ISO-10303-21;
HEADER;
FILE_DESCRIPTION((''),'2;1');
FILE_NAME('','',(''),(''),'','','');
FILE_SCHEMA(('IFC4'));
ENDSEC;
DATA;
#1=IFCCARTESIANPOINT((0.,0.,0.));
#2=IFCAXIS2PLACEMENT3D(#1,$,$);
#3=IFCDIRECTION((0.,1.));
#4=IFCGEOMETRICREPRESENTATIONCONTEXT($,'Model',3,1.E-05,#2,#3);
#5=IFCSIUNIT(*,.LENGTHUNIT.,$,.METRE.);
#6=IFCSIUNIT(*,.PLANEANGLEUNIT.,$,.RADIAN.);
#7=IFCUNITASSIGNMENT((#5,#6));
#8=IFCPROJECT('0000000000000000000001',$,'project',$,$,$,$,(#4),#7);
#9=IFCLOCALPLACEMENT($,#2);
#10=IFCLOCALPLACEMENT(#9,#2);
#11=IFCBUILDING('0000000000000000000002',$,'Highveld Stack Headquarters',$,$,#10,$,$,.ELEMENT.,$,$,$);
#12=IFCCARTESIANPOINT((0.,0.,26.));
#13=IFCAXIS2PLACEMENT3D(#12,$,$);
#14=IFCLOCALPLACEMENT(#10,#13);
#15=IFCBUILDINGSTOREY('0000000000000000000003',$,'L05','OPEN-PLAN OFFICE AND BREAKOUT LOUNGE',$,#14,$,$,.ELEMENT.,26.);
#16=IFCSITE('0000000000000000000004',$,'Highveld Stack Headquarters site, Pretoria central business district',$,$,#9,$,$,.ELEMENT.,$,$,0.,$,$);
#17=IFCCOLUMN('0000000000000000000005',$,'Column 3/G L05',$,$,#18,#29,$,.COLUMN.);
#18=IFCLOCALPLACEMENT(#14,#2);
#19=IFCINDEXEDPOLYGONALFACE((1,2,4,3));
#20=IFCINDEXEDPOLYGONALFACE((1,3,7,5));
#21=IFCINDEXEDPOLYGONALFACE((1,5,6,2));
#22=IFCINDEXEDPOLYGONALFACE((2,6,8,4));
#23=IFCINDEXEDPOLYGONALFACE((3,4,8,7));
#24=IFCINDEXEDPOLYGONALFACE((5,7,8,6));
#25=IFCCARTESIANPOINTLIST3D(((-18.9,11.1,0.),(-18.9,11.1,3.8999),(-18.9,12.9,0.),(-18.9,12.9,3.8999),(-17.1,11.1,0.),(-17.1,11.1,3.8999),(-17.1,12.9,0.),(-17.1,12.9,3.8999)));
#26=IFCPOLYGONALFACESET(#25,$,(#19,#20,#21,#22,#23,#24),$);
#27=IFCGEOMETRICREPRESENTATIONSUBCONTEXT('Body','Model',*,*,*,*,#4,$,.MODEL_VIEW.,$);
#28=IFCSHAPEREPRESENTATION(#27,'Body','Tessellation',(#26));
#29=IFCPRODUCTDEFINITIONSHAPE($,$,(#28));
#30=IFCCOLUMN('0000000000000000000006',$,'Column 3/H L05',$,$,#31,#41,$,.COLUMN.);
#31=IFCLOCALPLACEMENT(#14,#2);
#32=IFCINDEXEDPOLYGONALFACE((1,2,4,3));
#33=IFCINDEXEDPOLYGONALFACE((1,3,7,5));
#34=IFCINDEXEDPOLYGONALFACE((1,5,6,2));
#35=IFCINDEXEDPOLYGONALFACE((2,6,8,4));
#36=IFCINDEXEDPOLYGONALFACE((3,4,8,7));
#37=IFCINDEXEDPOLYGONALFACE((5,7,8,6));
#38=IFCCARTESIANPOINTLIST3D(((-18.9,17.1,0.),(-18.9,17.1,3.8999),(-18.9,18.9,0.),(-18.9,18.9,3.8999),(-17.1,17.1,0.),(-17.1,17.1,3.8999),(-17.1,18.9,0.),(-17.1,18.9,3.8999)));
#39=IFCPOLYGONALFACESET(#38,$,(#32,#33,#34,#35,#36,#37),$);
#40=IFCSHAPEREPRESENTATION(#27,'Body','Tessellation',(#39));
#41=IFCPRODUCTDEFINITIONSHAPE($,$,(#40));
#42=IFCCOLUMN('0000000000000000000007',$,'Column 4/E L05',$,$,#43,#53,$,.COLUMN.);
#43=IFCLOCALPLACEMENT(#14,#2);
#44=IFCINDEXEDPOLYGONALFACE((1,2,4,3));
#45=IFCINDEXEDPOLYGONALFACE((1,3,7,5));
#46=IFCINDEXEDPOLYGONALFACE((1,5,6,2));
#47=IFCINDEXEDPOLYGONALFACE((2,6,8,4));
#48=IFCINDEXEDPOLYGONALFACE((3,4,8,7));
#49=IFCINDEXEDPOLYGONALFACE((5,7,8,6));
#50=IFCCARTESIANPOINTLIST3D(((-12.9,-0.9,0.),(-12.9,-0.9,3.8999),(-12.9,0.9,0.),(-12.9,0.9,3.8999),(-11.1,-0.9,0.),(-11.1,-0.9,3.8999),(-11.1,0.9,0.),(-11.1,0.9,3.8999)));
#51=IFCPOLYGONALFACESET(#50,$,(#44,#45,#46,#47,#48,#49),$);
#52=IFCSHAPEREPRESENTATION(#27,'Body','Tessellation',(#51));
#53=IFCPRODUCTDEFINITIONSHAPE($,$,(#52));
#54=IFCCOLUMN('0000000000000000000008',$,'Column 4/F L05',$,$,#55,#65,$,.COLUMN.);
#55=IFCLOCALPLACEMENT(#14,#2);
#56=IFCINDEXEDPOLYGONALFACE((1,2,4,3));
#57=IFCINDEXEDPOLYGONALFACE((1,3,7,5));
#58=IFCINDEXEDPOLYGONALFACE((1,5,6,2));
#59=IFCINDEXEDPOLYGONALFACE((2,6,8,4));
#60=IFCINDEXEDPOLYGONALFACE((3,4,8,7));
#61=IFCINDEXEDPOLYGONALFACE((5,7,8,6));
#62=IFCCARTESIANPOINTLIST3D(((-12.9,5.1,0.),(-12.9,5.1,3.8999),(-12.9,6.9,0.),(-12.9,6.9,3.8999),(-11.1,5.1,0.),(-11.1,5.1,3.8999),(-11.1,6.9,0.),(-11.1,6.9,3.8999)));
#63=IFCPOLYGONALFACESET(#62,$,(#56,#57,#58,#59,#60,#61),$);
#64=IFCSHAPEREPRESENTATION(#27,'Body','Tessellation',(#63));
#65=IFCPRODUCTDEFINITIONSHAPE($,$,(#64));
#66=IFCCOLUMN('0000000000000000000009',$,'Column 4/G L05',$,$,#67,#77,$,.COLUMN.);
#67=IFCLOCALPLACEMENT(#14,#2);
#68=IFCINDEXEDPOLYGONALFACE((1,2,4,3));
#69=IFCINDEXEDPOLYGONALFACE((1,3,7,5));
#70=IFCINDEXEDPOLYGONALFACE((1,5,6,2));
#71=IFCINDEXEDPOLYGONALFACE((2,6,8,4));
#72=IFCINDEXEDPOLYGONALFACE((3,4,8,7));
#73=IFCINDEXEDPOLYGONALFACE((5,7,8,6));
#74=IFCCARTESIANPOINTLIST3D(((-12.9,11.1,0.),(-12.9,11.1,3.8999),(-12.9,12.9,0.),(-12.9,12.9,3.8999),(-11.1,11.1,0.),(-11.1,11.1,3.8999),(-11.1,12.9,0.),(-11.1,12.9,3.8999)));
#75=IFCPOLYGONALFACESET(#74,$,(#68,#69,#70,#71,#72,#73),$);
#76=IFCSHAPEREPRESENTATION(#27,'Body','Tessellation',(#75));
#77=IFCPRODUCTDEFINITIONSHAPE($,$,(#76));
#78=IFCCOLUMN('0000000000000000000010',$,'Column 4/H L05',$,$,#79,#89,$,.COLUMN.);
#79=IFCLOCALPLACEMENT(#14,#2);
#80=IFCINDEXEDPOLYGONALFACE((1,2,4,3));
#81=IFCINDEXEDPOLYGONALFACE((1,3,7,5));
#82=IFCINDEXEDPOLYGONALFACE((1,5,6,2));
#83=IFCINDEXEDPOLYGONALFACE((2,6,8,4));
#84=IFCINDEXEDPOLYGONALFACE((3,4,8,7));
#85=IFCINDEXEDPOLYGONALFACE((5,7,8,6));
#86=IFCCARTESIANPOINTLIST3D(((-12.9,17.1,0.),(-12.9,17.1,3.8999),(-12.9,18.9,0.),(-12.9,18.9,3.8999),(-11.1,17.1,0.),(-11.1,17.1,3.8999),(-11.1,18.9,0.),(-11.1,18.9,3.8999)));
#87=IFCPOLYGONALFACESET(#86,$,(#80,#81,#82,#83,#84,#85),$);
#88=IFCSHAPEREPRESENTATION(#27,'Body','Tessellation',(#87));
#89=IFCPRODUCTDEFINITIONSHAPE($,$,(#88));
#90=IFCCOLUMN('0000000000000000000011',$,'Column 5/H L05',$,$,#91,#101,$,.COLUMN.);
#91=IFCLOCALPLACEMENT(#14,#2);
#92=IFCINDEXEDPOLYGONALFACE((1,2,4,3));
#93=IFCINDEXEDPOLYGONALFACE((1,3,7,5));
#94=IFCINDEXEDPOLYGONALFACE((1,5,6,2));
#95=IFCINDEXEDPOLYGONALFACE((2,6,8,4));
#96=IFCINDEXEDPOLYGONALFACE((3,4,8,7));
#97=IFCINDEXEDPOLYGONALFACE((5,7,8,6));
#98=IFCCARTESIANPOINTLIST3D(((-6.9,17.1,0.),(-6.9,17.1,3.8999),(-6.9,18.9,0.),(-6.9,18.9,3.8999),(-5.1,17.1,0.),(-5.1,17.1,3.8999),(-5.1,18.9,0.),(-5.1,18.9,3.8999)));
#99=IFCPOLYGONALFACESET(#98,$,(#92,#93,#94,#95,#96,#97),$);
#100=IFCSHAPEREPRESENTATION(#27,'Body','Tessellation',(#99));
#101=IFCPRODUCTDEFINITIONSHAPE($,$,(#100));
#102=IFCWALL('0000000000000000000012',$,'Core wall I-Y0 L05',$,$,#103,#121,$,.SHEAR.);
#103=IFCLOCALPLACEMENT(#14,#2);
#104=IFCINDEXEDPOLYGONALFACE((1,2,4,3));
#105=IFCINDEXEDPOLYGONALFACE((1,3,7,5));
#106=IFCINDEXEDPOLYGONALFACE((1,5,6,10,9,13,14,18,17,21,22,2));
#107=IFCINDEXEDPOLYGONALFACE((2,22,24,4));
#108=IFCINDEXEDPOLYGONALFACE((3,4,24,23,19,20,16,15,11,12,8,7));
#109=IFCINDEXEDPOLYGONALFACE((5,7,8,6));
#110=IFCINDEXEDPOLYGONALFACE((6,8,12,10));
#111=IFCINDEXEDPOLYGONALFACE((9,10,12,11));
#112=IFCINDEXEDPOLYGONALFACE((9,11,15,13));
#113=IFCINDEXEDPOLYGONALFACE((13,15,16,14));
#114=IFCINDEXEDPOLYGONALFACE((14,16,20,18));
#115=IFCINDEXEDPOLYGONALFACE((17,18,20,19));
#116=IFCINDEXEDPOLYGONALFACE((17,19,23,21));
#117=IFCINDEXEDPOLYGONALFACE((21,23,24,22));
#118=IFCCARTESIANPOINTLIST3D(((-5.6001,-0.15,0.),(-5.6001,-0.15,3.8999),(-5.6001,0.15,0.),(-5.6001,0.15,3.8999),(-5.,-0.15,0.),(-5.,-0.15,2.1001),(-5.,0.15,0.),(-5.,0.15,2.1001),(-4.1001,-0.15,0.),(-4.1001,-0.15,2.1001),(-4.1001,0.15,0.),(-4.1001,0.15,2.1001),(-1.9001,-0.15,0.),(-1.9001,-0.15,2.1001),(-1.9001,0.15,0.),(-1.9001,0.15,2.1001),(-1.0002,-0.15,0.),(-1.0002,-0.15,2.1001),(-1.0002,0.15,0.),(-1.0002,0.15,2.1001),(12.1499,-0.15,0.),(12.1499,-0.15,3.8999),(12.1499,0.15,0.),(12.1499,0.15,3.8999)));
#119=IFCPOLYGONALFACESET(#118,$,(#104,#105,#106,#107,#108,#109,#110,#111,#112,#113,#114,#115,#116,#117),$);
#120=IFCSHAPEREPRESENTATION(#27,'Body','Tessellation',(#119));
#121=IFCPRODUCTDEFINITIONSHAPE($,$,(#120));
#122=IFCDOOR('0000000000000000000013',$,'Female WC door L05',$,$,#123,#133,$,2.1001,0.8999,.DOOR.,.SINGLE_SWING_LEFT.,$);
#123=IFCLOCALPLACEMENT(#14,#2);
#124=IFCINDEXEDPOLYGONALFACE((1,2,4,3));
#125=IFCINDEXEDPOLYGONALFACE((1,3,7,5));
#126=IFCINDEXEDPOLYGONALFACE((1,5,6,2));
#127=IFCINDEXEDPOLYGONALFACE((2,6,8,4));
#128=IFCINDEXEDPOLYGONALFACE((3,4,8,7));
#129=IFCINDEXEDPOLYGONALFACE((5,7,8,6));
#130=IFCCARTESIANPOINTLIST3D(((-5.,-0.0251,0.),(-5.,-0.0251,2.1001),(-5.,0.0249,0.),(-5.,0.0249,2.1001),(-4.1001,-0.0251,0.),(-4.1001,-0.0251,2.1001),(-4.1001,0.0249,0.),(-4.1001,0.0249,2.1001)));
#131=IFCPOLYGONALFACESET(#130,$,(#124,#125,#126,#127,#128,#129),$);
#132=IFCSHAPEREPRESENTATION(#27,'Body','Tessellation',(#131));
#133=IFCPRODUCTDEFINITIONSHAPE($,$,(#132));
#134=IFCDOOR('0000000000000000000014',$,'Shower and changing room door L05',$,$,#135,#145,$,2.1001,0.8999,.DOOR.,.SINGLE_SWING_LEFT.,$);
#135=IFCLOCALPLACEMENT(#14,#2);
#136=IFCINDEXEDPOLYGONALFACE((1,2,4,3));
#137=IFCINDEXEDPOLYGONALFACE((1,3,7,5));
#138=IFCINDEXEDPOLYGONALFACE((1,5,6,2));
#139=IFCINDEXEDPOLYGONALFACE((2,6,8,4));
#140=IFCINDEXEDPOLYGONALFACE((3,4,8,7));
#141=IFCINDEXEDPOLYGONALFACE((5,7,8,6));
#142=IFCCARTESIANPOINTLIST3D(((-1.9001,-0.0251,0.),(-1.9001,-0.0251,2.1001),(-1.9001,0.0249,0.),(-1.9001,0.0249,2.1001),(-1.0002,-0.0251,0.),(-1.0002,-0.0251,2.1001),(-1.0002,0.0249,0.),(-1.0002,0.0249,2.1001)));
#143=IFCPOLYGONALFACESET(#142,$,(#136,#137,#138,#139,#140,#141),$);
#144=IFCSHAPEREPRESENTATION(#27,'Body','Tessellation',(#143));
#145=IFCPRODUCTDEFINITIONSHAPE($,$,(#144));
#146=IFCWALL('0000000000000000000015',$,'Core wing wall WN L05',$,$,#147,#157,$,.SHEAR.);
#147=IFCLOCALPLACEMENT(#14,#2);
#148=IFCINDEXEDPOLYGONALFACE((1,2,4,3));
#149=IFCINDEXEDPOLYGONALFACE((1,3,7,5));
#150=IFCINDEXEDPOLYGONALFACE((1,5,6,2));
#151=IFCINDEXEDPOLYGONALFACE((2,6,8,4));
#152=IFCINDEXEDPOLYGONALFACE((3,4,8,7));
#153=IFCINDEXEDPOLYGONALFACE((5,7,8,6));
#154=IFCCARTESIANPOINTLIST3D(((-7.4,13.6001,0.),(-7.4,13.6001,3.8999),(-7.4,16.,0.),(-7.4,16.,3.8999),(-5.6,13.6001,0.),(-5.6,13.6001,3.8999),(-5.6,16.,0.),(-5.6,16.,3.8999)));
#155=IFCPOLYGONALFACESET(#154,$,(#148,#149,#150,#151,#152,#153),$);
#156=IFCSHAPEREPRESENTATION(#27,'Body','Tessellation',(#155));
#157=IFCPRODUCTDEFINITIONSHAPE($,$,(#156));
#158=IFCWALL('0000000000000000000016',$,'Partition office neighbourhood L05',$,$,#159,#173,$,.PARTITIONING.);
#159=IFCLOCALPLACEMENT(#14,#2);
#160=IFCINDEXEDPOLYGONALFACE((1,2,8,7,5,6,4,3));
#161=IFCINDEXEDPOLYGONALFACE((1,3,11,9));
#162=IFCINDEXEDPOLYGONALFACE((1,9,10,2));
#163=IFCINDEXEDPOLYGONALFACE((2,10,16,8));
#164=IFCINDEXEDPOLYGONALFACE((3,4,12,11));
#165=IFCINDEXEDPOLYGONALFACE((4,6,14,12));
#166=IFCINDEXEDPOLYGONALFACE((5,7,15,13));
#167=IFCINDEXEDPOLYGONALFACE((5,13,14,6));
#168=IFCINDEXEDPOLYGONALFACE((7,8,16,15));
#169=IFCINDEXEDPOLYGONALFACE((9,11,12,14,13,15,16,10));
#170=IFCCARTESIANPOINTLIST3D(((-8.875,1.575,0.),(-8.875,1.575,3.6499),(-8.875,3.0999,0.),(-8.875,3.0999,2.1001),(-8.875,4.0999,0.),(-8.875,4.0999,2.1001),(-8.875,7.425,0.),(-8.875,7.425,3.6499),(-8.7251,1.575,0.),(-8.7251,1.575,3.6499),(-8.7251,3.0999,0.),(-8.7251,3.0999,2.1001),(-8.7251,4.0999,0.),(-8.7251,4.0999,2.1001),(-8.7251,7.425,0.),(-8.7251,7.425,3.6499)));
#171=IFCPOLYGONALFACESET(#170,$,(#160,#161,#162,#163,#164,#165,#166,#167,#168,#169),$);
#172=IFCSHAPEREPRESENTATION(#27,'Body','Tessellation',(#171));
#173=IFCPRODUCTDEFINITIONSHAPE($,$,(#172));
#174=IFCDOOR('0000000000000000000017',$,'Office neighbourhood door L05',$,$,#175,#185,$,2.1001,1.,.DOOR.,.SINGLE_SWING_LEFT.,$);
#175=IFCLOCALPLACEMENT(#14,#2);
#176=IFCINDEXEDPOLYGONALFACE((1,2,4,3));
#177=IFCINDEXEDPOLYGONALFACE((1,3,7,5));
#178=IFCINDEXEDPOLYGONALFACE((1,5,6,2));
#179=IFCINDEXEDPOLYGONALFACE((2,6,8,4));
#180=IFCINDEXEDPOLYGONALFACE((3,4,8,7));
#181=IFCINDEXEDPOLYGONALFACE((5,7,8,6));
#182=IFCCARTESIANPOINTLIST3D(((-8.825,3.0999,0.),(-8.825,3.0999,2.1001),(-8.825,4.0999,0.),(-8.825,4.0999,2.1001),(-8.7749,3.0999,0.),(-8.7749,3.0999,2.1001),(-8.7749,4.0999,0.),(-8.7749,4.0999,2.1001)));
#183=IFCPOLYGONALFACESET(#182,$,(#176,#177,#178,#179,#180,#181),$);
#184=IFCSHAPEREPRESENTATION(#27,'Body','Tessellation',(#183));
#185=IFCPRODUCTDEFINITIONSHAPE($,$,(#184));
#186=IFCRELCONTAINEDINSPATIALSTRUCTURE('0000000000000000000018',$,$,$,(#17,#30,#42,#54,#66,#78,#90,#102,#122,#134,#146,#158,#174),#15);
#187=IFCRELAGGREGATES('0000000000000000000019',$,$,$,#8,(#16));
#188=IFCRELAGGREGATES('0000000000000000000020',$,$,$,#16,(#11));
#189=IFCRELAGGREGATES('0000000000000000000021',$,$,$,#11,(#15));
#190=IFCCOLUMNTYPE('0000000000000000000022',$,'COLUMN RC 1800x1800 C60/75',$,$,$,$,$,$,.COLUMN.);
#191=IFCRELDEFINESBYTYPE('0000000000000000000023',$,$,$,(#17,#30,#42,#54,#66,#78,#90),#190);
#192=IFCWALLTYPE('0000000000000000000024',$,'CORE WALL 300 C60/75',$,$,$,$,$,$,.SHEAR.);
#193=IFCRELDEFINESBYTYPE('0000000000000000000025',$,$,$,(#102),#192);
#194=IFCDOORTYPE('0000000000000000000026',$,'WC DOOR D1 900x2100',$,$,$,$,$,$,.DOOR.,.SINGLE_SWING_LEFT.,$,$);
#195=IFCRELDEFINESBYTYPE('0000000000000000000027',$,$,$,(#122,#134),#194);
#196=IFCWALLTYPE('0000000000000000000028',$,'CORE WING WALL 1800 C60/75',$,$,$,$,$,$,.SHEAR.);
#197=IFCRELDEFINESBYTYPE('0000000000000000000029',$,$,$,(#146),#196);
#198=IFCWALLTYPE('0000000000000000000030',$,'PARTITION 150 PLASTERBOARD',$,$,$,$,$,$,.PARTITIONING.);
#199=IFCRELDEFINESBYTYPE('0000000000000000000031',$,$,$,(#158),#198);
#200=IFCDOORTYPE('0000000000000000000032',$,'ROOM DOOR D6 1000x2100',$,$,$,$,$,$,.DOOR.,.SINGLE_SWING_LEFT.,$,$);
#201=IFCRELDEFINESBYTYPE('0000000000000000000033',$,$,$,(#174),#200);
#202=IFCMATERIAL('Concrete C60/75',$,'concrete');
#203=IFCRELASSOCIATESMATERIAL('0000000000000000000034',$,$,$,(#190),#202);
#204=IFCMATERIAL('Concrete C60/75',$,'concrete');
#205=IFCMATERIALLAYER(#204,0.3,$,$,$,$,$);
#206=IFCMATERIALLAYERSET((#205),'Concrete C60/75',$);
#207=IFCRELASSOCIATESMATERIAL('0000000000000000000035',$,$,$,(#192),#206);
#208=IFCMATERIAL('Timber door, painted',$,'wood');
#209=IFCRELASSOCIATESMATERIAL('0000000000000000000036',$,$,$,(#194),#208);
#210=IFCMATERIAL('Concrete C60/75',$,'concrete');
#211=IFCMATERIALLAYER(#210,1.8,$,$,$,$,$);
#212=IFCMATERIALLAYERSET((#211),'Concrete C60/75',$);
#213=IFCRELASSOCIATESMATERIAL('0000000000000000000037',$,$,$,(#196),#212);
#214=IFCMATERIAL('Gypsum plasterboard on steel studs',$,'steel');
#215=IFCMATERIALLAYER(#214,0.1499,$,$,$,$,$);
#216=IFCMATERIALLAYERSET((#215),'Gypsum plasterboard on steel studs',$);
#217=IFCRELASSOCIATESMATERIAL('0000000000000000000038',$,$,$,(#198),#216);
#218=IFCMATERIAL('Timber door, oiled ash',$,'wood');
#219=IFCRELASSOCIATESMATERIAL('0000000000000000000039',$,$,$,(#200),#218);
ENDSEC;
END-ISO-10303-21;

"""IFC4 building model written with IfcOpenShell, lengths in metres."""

from ifc_helpers import new_model, si_unit, direction, frame, frame_2d, origin, origin_2d, place, context, subcontext, project, spatial, rectangle, extrude, material, layer, layer_set, material_profile, profile_set, type_object, element, fill, save


model = new_model("IFC4")

# Units and contexts
model_context = context("Model", 3, precision=1e-05, world=origin(), true_north=direction((0.0, 1.0)))
body_context = subcontext(model_context, "Body", "Model", "MODEL_VIEW")
ifc_project = project(units=[si_unit("LENGTHUNIT", "METRE"), si_unit("PLANEANGLEUNIT", "RADIAN")], contexts=[model_context])

# Site, building, storey
site_placement = place(None, origin())
site = spatial("IfcSite", under=ifc_project, at=site_placement, Name="Highveld Stack Headquarters site, Pretoria central business district", CompositionType="ELEMENT", RefElevation=0.0)
building_placement = place(site_placement, origin())
building = spatial("IfcBuilding", under=site, at=building_placement, Name="Highveld Stack Headquarters", CompositionType="ELEMENT")
storey_placement = place(building_placement, frame((0.0, 0.0, 26.0)))
storey = spatial("IfcBuildingStorey", under=building, at=storey_placement, Name="L05", Description="OPEN-PLAN OFFICE AND BREAKOUT LOUNGE", CompositionType="ELEMENT", Elevation=26.0)

# Columns
ifc_material_1 = material(Name="Concrete C60/75", Category="concrete")
ifc_material_profile = material_profile(ifc_material_1, rectangle(XDim=1.8, YDim=1.8, at=origin_2d()), Name="RC 1800x1800")
ifc_profile_set = profile_set([ifc_material_profile], Name="Concrete C60/75")
column_type = type_object("IfcColumnType", Name="COLUMN RC 1800x1800 C60/75", PredefinedType="COLUMN", material=ifc_profile_set)
for number, where, z_axis, x_axis, name in (
    (1, (-18.0, 12.0, 0.0), (0.0, 0.0, 1.0), (1.0, 0.0, 0.0), "Column 3/G L05"),
    (2, (-18.0, 18.0, 0.0), (0.0, 0.0, 1.0), (1.0, 0.0, 0.0), "Column 3/H L05"),
    (3, (-12.0, 0.0, 0.0), (0.0, 0.0, 1.0), (1.0, 0.0, 0.0), "Column 4/E L05"),
    (4, (-12.0, 6.0, 0.0), (0.0, 0.0, 1.0), (1.0, 0.0, 0.0), "Column 4/F L05"),
    (5, (-12.0, 12.0, 0.0), (0.0, 0.0, 1.0), (1.0, 0.0, 0.0), "Column 4/G L05"),
    (6, (-12.0, 18.0, 0.0), (0.0, 0.0, 1.0), (1.0, 0.0, 0.0), "Column 4/H L05"),
    (7, (-6.0, 18.0, 0.0), (0.0, 0.0, 1.0), (1.0, 0.0, 0.0), "Column 5/H L05"),
):
    element("IfcColumn", number, at=place(storey_placement, frame(where, z_axis=z_axis, x_axis=x_axis)), inside=storey, type_object=column_type, Name=name, PredefinedType="COLUMN", context=body_context, shape_type="SweptSolid", body=[
        extrude(rectangle(XDim=1.8, YDim=1.8, at=origin_2d()), origin(), (0.0, 0.0, 1.0), 3.8999),
    ])

# Wall, openings, doors
ifc_material_2 = material(Name="Concrete C60/75", Category="concrete")
ifc_layer_1 = layer(ifc_material_2, 0.3)
ifc_layer_set_1 = layer_set([ifc_layer_1], Name="Concrete C60/75")
wall_type_1 = type_object("IfcWallType", Name="CORE WALL 300 C60/75", PredefinedType="SHEAR", material=ifc_layer_set_1)
wall_1_placement = place(storey_placement, frame((-5.6001, 0.0, 0.0), z_axis=(0.0, 0.0, 1.0), x_axis=(1.0, 0.0, 0.0)))
wall_1 = element("IfcWall", 8, at=wall_1_placement, inside=storey, type_object=wall_type_1, Name="Core wall I-Y0 L05", PredefinedType="SHEAR", context=body_context, shape_type="SweptSolid", body=[
    extrude(rectangle(XDim=17.75, YDim=0.3, at=frame_2d((8.875, 0.0))), origin(), (0.0, 0.0, 1.0), 3.8999),
])
opening_1_placement = place(wall_1_placement, frame((0.6001, 0.0, 0.0)))
opening_1 = element("IfcOpeningElement", 9, at=opening_1_placement, cuts=wall_1, PredefinedType="OPENING", context=body_context, shape_type="SweptSolid", body=[
    extrude(rectangle(XDim=0.8999, YDim=2.1001, at=frame_2d((0.45, 1.05))), frame((0.0, 0.1599, 0.0), z_axis=(0.0, -1.0, 0.0), x_axis=(1.0, 0.0, 0.0)), (0.0, 0.0, 1.0), 0.3201),
])
opening_2_placement = place(wall_1_placement, frame((3.7, 0.0, 0.0)))
opening_2 = element("IfcOpeningElement", 10, at=opening_2_placement, cuts=wall_1, PredefinedType="OPENING", context=body_context, shape_type="SweptSolid", body=[
    extrude(rectangle(XDim=0.8999, YDim=2.1001, at=frame_2d((0.45, 1.05))), frame((0.0, 0.1599, 0.0), z_axis=(0.0, -1.0, 0.0), x_axis=(1.0, 0.0, 0.0)), (0.0, 0.0, 1.0), 0.3201),
])
ifc_material_3 = material(Name="Timber door, painted", Category="wood")
door_type_1 = type_object("IfcDoorType", Name="WC DOOR D1 900x2100", OperationType="SINGLE_SWING_LEFT", PredefinedType="DOOR", material=ifc_material_3)
door_1_placement = place(opening_1_placement, origin())
door_1 = element("IfcDoor", 11, at=door_1_placement, inside=storey, type_object=door_type_1, Name="Female WC door L05", OperationType="SINGLE_SWING_LEFT", OverallHeight=2.1001, OverallWidth=0.8999, PredefinedType="DOOR", context=body_context, shape_type="SweptSolid", body=[
    extrude(rectangle(XDim=0.8999, YDim=2.1001, at=frame_2d((0.45, 1.05))), frame((0.0, 0.0249, 0.0), z_axis=(0.0, -1.0, 0.0), x_axis=(1.0, 0.0, 0.0)), (0.0, 0.0, 1.0), 0.05),
])
fill(opening_1, door_1)
door_2_placement = place(opening_2_placement, origin())
door_2 = element("IfcDoor", 12, at=door_2_placement, inside=storey, type_object=door_type_1, Name="Shower and changing room door L05", OperationType="SINGLE_SWING_LEFT", OverallHeight=2.1001, OverallWidth=0.8999, PredefinedType="DOOR", context=body_context, shape_type="SweptSolid", body=[
    extrude(rectangle(XDim=0.8999, YDim=2.1001, at=frame_2d((0.45, 1.05))), frame((0.0, 0.0249, 0.0), z_axis=(0.0, -1.0, 0.0), x_axis=(1.0, 0.0, 0.0)), (0.0, 0.0, 1.0), 0.05),
])
fill(opening_2, door_2)

# Wall
ifc_material_4 = material(Name="Concrete C60/75", Category="concrete")
ifc_layer_2 = layer(ifc_material_4, 1.8)
ifc_layer_set_2 = layer_set([ifc_layer_2], Name="Concrete C60/75")
wall_type_2 = type_object("IfcWallType", Name="CORE WING WALL 1800 C60/75", PredefinedType="SHEAR", material=ifc_layer_set_2)
wall_2_placement = place(storey_placement, frame((-6.5, 13.6001, 0.0), z_axis=(0.0, 0.0, 1.0), x_axis=(0.0, 1.0, 0.0)))
element("IfcWall", 13, at=wall_2_placement, inside=storey, type_object=wall_type_2, Name="Core wing wall WN L05", PredefinedType="SHEAR", context=body_context, shape_type="SweptSolid", body=[
    extrude(rectangle(XDim=2.3999, YDim=1.8, at=frame_2d((1.2, 0.0))), origin(), (0.0, 0.0, 1.0), 3.8999),
])

# Wall, opening, door
ifc_material_5 = material(Name="Gypsum plasterboard on steel studs", Category="steel")
ifc_layer_3 = layer(ifc_material_5, 0.1499)
ifc_layer_set_3 = layer_set([ifc_layer_3], Name="Gypsum plasterboard on steel studs")
wall_type_3 = type_object("IfcWallType", Name="PARTITION 150 PLASTERBOARD", PredefinedType="PARTITIONING", material=ifc_layer_set_3)
wall_3_placement = place(storey_placement, frame((-8.8, 1.575, 0.0), z_axis=(0.0, 0.0, 1.0), x_axis=(0.0, 1.0, 0.0)))
wall_3 = element("IfcWall", 14, at=wall_3_placement, inside=storey, type_object=wall_type_3, Name="Partition office neighbourhood L05", PredefinedType="PARTITIONING", context=body_context, shape_type="SweptSolid", body=[
    extrude(rectangle(XDim=5.8501, YDim=0.1499, at=frame_2d((2.925, 0.0))), origin(), (0.0, 0.0, 1.0), 3.6499),
])
opening_3_placement = place(wall_3_placement, frame((1.5249, 0.0, 0.0)))
opening_3 = element("IfcOpeningElement", 15, at=opening_3_placement, cuts=wall_3, PredefinedType="OPENING", context=body_context, shape_type="SweptSolid", body=[
    extrude(rectangle(XDim=1.0, YDim=2.1001, at=frame_2d((0.5, 1.05))), frame((0.0, 0.085, 0.0), z_axis=(0.0, -1.0, 0.0), x_axis=(1.0, 0.0, 0.0)), (0.0, 0.0, 1.0), 0.1699),
])
ifc_material_6 = material(Name="Timber door, oiled ash", Category="wood")
door_type_2 = type_object("IfcDoorType", Name="ROOM DOOR D6 1000x2100", OperationType="SINGLE_SWING_LEFT", PredefinedType="DOOR", material=ifc_material_6)
door_3_placement = place(opening_3_placement, origin())
door_3 = element("IfcDoor", 16, at=door_3_placement, inside=storey, type_object=door_type_2, Name="Office neighbourhood door L05", OperationType="SINGLE_SWING_LEFT", OverallHeight=2.1001, OverallWidth=1.0, PredefinedType="DOOR", context=body_context, shape_type="SweptSolid", body=[
    extrude(rectangle(XDim=1.0, YDim=2.1001, at=frame_2d((0.5, 1.05))), frame((0.0, 0.0249, 0.0), z_axis=(0.0, -1.0, 0.0), x_axis=(1.0, 0.0, 0.0)), (0.0, 0.0, 1.0), 0.05),
])
fill(opening_3, door_3)

save(model, "model.ifc")
